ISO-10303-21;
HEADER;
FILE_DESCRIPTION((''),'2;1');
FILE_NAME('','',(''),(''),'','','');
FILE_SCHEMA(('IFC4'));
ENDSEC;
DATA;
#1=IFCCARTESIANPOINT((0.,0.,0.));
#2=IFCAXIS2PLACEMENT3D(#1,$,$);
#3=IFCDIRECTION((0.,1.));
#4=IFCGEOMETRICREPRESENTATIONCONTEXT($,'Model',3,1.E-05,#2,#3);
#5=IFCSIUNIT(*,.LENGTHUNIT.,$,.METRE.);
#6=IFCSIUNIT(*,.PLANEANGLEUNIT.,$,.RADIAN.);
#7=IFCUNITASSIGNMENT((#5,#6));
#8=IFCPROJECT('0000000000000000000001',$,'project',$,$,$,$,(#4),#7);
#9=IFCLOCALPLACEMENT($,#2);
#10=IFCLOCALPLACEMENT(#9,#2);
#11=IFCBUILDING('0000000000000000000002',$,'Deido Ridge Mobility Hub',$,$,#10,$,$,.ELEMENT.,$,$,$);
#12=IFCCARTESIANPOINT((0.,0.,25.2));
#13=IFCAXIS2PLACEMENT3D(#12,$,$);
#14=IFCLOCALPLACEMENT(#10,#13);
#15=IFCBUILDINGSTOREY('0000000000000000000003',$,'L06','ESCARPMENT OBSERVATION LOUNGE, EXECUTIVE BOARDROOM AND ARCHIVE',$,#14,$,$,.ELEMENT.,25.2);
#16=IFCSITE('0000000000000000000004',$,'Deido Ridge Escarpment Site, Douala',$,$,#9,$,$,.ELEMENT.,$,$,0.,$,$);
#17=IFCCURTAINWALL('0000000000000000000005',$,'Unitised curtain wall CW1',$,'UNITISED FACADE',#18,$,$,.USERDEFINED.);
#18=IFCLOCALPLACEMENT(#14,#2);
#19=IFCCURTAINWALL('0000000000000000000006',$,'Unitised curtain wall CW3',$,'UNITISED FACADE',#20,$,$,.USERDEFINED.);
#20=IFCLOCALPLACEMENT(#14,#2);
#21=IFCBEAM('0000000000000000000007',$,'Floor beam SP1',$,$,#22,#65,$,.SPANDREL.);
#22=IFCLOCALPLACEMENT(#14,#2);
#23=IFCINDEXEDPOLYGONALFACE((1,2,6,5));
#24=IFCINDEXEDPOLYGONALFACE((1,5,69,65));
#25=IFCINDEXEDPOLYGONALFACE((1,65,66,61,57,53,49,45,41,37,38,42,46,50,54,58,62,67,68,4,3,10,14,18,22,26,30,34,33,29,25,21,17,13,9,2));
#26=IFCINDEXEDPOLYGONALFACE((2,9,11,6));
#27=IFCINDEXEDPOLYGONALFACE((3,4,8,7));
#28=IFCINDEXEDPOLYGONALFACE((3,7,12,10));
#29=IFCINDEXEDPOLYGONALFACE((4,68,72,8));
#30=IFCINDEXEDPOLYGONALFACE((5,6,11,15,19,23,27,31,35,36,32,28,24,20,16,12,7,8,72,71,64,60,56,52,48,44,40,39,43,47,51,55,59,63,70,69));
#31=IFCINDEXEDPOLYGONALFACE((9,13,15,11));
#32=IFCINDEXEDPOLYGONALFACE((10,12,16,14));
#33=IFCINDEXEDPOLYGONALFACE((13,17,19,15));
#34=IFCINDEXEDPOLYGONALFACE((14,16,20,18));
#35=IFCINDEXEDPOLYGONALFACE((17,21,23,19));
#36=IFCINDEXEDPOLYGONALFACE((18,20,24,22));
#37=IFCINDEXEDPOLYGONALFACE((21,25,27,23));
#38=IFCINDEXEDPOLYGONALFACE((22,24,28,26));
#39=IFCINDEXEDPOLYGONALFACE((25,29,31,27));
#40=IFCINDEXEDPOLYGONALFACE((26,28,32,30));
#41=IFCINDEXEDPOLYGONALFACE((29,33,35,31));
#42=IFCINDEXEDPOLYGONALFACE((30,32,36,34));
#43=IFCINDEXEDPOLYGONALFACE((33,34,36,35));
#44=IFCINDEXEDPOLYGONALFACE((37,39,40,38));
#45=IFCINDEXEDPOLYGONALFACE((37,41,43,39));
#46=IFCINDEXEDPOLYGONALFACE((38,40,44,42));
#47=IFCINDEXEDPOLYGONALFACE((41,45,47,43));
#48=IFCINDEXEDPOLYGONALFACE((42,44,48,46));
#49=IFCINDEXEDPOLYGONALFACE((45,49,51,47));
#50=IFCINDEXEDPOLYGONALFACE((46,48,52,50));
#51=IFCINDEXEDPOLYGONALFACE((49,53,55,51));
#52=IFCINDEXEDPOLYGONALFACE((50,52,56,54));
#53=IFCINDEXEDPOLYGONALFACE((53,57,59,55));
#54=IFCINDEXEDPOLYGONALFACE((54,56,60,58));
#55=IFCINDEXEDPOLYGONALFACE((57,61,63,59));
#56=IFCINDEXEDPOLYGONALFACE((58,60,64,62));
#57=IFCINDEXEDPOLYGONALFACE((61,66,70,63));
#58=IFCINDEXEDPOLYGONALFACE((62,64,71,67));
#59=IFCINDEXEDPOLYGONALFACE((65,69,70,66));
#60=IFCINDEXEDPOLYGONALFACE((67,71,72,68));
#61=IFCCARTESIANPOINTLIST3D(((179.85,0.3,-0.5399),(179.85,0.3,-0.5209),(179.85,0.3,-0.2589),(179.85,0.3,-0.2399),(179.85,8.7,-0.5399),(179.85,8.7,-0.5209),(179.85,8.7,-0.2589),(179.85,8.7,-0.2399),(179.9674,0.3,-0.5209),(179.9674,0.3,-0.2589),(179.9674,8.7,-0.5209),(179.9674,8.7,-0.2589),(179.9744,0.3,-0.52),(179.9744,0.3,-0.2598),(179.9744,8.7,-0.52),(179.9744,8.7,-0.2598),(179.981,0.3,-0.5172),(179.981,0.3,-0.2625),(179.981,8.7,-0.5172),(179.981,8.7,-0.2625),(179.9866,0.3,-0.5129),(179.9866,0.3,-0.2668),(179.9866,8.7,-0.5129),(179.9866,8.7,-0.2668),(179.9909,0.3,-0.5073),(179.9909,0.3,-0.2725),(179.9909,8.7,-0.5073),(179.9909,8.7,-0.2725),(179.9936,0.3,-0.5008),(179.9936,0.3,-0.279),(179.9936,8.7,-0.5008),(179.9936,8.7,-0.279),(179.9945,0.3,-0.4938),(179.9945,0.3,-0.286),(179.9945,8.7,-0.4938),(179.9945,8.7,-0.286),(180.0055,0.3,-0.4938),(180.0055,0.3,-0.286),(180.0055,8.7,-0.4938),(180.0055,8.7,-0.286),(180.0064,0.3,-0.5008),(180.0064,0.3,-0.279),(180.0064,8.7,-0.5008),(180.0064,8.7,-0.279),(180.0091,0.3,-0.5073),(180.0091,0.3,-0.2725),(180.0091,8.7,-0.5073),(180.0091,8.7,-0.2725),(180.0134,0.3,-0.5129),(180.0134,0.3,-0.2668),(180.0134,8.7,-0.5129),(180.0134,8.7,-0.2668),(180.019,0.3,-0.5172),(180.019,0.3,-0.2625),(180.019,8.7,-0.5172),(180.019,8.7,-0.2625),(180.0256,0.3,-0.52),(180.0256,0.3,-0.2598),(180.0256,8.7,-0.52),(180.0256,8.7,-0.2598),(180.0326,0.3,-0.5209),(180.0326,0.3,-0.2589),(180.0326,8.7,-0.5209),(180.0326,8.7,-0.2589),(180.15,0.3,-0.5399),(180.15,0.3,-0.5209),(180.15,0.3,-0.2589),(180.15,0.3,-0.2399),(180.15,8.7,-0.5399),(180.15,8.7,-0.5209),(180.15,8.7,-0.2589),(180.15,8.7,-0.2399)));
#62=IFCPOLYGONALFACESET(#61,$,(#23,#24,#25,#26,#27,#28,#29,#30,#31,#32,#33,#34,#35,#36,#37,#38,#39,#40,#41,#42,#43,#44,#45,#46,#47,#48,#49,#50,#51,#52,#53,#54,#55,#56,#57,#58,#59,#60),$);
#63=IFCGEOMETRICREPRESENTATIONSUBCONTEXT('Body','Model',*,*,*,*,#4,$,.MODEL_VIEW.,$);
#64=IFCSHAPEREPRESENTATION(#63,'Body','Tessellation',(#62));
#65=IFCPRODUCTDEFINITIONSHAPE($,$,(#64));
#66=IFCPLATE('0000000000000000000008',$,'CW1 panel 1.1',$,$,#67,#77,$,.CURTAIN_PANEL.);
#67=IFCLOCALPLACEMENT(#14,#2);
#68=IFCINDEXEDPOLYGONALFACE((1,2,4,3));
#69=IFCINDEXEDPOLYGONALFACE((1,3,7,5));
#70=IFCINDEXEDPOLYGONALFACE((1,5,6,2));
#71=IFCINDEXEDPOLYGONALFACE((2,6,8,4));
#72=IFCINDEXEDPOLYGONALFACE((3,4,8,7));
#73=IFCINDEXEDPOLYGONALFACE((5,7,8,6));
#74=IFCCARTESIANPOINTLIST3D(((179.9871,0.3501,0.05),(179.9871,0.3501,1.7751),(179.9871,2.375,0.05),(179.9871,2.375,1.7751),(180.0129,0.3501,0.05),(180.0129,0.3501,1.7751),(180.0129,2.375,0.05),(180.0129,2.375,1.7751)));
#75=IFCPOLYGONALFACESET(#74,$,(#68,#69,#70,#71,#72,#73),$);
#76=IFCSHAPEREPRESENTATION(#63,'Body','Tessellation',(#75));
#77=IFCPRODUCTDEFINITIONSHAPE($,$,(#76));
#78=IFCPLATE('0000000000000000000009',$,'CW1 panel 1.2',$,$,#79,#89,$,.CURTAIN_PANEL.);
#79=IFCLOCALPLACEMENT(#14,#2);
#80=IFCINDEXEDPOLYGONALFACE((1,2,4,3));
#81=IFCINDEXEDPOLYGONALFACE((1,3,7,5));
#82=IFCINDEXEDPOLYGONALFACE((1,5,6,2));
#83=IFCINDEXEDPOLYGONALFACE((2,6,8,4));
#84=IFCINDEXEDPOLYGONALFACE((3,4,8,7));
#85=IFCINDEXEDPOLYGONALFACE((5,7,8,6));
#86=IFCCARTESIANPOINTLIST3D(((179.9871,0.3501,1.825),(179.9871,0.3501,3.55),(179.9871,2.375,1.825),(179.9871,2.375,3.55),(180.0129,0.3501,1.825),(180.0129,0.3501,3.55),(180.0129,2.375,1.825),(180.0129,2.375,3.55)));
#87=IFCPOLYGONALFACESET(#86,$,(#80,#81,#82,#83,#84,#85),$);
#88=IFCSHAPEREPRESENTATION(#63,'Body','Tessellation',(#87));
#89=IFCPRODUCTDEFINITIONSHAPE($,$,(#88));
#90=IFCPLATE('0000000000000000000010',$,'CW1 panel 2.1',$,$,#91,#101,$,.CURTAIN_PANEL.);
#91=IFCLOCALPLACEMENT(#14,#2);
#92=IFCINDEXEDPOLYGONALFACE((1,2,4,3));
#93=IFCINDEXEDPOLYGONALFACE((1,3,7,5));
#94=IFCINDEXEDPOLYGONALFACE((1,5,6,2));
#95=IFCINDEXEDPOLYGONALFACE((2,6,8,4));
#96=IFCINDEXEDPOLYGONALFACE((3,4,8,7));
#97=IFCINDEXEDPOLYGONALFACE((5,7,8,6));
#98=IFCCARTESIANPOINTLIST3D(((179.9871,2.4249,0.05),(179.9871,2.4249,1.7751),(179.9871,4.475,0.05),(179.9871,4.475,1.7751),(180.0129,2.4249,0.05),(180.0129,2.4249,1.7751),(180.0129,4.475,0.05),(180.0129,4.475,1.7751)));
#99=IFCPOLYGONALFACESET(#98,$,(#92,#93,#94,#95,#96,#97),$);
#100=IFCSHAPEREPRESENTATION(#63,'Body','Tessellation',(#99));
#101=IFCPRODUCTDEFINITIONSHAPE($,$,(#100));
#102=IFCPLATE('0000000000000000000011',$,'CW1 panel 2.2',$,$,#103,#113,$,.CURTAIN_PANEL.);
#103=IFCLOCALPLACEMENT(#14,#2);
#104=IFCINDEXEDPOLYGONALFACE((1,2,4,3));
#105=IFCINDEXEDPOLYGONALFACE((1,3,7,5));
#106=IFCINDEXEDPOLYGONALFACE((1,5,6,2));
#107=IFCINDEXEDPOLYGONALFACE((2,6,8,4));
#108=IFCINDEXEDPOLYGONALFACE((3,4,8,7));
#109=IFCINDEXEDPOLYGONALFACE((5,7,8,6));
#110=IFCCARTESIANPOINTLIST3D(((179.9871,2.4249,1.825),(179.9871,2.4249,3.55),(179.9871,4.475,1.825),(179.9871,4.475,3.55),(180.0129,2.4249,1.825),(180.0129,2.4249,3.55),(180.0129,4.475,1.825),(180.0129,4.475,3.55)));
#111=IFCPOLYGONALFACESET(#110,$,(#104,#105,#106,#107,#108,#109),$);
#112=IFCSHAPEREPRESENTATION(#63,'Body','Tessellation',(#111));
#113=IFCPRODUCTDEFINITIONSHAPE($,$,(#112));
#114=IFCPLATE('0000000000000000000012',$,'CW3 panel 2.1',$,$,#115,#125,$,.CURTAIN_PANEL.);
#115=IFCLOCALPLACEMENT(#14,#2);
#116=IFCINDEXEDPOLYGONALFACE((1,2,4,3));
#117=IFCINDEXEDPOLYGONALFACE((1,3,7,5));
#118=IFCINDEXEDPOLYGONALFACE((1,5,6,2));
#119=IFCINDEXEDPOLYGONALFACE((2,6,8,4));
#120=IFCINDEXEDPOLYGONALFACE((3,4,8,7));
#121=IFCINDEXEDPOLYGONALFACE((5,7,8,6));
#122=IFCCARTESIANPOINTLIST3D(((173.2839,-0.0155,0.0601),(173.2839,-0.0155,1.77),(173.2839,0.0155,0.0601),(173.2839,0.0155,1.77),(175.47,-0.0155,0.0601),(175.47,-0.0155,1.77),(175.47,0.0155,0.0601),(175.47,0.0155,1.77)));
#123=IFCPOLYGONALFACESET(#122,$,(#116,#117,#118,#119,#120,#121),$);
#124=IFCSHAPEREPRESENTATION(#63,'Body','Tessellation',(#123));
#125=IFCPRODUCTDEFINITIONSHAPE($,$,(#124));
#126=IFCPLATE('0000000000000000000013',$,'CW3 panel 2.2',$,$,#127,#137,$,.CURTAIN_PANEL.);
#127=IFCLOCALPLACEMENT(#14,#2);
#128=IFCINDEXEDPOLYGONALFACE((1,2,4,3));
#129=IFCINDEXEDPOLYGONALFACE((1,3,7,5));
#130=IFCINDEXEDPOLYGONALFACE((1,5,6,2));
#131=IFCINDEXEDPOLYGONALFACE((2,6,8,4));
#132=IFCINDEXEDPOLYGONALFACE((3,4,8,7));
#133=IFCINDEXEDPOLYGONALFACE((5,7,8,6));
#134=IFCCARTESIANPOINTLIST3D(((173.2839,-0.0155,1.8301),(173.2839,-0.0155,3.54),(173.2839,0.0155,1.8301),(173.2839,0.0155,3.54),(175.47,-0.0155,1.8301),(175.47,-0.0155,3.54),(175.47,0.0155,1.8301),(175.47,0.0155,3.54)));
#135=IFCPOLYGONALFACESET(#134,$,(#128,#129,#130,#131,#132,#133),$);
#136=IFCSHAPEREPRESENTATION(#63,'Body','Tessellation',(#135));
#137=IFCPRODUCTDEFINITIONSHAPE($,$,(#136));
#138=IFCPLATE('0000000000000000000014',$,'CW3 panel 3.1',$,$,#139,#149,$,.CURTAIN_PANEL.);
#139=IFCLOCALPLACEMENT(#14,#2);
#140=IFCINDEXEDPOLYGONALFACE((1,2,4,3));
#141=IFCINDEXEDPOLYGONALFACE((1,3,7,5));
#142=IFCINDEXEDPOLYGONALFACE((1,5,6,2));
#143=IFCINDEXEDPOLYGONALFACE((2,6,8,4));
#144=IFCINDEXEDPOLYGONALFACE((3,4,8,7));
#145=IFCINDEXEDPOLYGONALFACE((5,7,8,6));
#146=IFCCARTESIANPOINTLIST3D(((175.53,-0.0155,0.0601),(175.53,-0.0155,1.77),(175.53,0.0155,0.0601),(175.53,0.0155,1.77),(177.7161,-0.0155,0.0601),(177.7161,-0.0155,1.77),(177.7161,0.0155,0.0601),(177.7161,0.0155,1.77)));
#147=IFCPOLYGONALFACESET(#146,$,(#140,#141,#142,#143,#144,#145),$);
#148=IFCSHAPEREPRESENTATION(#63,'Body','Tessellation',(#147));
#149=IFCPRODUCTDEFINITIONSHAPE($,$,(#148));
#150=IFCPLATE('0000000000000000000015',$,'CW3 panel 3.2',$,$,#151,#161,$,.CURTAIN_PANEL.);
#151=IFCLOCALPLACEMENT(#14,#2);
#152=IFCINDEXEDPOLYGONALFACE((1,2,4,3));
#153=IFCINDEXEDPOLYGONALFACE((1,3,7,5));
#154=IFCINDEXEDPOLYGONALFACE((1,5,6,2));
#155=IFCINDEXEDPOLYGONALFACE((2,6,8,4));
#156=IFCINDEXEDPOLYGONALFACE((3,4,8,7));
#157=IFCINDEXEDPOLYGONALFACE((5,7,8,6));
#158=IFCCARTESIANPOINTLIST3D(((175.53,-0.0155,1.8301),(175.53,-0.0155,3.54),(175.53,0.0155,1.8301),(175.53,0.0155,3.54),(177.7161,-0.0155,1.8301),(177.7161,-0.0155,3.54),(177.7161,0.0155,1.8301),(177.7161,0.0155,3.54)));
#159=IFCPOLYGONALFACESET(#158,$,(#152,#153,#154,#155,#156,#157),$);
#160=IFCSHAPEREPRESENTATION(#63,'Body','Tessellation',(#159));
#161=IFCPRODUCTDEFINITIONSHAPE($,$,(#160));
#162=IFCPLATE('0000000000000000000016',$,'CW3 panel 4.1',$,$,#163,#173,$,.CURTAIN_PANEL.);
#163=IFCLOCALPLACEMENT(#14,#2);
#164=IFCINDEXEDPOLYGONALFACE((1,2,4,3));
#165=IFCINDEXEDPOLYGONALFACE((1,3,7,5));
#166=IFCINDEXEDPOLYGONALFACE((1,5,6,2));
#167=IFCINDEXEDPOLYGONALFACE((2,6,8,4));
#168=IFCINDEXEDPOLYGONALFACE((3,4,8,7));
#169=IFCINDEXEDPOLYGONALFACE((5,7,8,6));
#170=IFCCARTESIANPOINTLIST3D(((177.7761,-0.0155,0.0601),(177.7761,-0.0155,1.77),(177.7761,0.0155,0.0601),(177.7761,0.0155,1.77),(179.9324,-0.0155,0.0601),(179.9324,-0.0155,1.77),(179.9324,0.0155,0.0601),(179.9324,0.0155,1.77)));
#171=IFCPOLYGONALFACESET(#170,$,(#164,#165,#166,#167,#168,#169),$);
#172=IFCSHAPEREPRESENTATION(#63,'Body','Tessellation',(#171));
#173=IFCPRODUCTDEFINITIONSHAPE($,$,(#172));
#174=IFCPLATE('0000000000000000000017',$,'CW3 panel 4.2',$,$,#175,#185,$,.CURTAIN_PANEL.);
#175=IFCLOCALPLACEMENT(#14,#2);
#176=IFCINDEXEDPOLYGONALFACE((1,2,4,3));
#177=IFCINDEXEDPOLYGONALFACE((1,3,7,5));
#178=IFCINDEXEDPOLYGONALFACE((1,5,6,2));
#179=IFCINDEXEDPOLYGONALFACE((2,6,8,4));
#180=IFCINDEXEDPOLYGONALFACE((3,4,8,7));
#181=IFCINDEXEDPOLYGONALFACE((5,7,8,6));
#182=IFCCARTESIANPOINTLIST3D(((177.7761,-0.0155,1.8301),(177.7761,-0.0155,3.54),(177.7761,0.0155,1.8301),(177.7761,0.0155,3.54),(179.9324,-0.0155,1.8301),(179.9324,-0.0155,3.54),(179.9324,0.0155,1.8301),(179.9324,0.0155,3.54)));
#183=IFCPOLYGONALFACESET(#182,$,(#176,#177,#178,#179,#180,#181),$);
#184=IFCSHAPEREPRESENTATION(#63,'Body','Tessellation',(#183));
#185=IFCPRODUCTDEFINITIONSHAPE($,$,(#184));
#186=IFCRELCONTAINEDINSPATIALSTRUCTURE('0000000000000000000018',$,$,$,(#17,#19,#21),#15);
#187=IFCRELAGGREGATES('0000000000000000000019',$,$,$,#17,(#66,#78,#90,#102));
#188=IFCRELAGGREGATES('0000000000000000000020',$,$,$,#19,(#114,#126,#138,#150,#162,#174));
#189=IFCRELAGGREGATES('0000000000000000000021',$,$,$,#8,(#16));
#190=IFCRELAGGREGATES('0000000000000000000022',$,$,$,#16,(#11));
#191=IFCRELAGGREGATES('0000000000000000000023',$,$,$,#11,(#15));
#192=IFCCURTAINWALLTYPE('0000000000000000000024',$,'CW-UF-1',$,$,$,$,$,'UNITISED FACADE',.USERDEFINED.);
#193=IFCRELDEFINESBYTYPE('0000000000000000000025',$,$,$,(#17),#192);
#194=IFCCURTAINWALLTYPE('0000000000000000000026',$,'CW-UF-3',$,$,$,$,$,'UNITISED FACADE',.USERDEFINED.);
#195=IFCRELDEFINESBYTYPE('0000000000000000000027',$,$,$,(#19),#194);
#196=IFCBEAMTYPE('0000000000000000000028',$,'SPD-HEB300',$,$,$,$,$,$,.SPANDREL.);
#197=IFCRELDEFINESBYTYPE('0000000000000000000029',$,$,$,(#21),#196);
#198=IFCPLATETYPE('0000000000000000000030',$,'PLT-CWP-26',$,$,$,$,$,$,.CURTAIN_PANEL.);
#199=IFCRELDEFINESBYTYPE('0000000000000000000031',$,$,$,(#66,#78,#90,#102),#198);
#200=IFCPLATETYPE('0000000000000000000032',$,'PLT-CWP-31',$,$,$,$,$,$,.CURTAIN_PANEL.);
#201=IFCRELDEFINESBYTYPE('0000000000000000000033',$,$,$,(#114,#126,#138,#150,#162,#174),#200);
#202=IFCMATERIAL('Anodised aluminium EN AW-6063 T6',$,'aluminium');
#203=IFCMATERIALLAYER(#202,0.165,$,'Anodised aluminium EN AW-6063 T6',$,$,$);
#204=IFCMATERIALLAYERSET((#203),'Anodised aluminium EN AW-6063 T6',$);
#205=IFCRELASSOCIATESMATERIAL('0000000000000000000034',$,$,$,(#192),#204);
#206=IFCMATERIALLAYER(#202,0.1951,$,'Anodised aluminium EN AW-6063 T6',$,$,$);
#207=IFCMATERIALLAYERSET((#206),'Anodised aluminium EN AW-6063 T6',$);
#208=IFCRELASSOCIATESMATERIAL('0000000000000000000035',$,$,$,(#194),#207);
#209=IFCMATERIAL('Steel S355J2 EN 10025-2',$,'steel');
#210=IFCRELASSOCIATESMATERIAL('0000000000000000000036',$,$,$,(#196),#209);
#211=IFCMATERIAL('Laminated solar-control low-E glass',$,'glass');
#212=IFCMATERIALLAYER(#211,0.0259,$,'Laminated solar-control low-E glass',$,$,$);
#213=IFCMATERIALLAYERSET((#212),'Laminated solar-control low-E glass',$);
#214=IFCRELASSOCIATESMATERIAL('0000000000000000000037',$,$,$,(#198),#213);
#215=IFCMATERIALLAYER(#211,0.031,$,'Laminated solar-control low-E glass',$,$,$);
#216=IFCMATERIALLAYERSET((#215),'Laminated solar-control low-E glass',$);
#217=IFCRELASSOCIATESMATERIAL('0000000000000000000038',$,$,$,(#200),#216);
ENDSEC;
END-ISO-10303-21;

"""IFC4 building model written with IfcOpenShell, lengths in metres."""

from ifc_helpers import new_model, si_unit, direction, frame, origin, origin_2d, place, context, subcontext, project, spatial, rectangle, i_section, extrude, material, layer, layer_set, material_profile, profile_set, type_object, element, aggregate, save


model = new_model("IFC4")

# Units and contexts
model_context = context("Model", 3, precision=1e-05, world=origin(), true_north=direction((0.0, 1.0)))
body_context = subcontext(model_context, "Body", "Model", "MODEL_VIEW")
ifc_project = project(units=[si_unit("LENGTHUNIT", "METRE"), si_unit("PLANEANGLEUNIT", "RADIAN")], contexts=[model_context])

# Site, building, storey
site_placement = place(None, origin())
site = spatial("IfcSite", under=ifc_project, at=site_placement, Name="Deido Ridge Escarpment Site, Douala", CompositionType="ELEMENT", RefElevation=0.0)
building_placement = place(site_placement, origin())
building = spatial("IfcBuilding", under=site, at=building_placement, Name="Deido Ridge Mobility Hub", CompositionType="ELEMENT")
storey_placement = place(building_placement, frame((0.0, 0.0, 25.2)))
storey = spatial("IfcBuildingStorey", under=building, at=storey_placement, Name="L06", Description="ESCARPMENT OBSERVATION LOUNGE, EXECUTIVE BOARDROOM AND ARCHIVE", CompositionType="ELEMENT", Elevation=25.2)

# Shared definitions
ifc_material_1 = material(Name="Steel S355J2 EN 10025-2", Category="steel")

# Curtain walls
ifc_material_2 = material(Name="Anodised aluminium EN AW-6063 T6", Category="aluminium")
ifc_layer_1 = layer(ifc_material_2, 0.165, Name="Anodised aluminium EN AW-6063 T6")
ifc_layer_set_1 = layer_set([ifc_layer_1], Name="Anodised aluminium EN AW-6063 T6")
curtain_wall_type_1 = type_object("IfcCurtainWallType", Name="CW-UF-1", ElementType="UNITISED FACADE", PredefinedType="USERDEFINED", material=ifc_layer_set_1)
curtain_wall_1_placement = place(storey_placement, origin())
curtain_wall_1 = element("IfcCurtainWall", 1, at=curtain_wall_1_placement, inside=storey, type_object=curtain_wall_type_1, Name="Unitised curtain wall CW1", ObjectType="UNITISED FACADE", PredefinedType="USERDEFINED")
ifc_layer_2 = layer(ifc_material_2, 0.1951, Name="Anodised aluminium EN AW-6063 T6")
ifc_layer_set_2 = layer_set([ifc_layer_2], Name="Anodised aluminium EN AW-6063 T6")
curtain_wall_type_2 = type_object("IfcCurtainWallType", Name="CW-UF-3", ElementType="UNITISED FACADE", PredefinedType="USERDEFINED", material=ifc_layer_set_2)
curtain_wall_2_placement = place(storey_placement, origin())
curtain_wall_2 = element("IfcCurtainWall", 2, at=curtain_wall_2_placement, inside=storey, type_object=curtain_wall_type_2, Name="Unitised curtain wall CW3", ObjectType="UNITISED FACADE", PredefinedType="USERDEFINED")

# Beam
ifc_material_profile_1 = material_profile(ifc_material_1, i_section(OverallWidth=0.3, OverallDepth=0.3, WebThickness=0.011, FlangeThickness=0.019, FilletRadius=0.0271, at=origin_2d()), Name="HEB 300")
ifc_profile_set_1 = profile_set([ifc_material_profile_1], Name="Steel S355J2 EN 10025-2")
beam_type = type_object("IfcBeamType", Name="SPD-HEB300", PredefinedType="SPANDREL", material=ifc_profile_set_1)
beam_placement = place(storey_placement, frame((180.0, 0.3, -0.3899), z_axis=(0.0, 1.0, 0.0), x_axis=(-1.0, 0.0, 0.0)))
element("IfcBeam", 3, at=beam_placement, inside=storey, type_object=beam_type, Name="Floor beam SP1", PredefinedType="SPANDREL", context=body_context, shape_type="SweptSolid", body=[
    extrude(i_section(OverallWidth=0.3, OverallDepth=0.3, WebThickness=0.011, FlangeThickness=0.019, FilletRadius=0.0271, at=origin_2d()), origin(), (0.0, 0.0, 1.0), 8.3999),
])

# Plates
ifc_material_3 = material(Name="Laminated solar-control low-E glass", Category="glass")
ifc_layer_3 = layer(ifc_material_3, 0.0259, Name="Laminated solar-control low-E glass")
ifc_layer_set_3 = layer_set([ifc_layer_3], Name="Laminated solar-control low-E glass")
plate_type_1 = type_object("IfcPlateType", Name="PLT-CWP-26", PredefinedType="CURTAIN_PANEL", material=ifc_layer_set_3)
plate_1_placement = place(storey_placement, frame((180.0, 1.3625, 0.05), z_axis=(0.0, 0.0, 1.0), x_axis=(0.0, 1.0, 0.0)))
plate_1 = element("IfcPlate", 4, at=plate_1_placement, type_object=plate_type_1, Name="CW1 panel 1.1", PredefinedType="CURTAIN_PANEL", context=body_context, shape_type="SweptSolid", body=[
    extrude(rectangle(XDim=2.0249, YDim=0.0259, at=origin_2d()), origin(), (0.0, 0.0, 1.0), 1.7251),
])
plate_2_placement = place(storey_placement, frame((180.0, 1.3625, 1.825), z_axis=(0.0, 0.0, 1.0), x_axis=(0.0, 1.0, 0.0)))
plate_2 = element("IfcPlate", 5, at=plate_2_placement, type_object=plate_type_1, Name="CW1 panel 1.2", PredefinedType="CURTAIN_PANEL", context=body_context, shape_type="SweptSolid", body=[
    extrude(rectangle(XDim=2.0249, YDim=0.0259, at=origin_2d()), origin(), (0.0, 0.0, 1.0), 1.7251),
])
plate_3_placement = place(storey_placement, frame((180.0, 3.45, 0.05), z_axis=(0.0, 0.0, 1.0), x_axis=(0.0, 1.0, 0.0)))
plate_3 = element("IfcPlate", 6, at=plate_3_placement, type_object=plate_type_1, Name="CW1 panel 2.1", PredefinedType="CURTAIN_PANEL", context=body_context, shape_type="SweptSolid", body=[
    extrude(rectangle(XDim=2.05, YDim=0.0259, at=origin_2d()), origin(), (0.0, 0.0, 1.0), 1.7251),
])
plate_4_placement = place(storey_placement, frame((180.0, 3.45, 1.825), z_axis=(0.0, 0.0, 1.0), x_axis=(0.0, 1.0, 0.0)))
plate_4 = element("IfcPlate", 7, at=plate_4_placement, type_object=plate_type_1, Name="CW1 panel 2.2", PredefinedType="CURTAIN_PANEL", context=body_context, shape_type="SweptSolid", body=[
    extrude(rectangle(XDim=2.05, YDim=0.0259, at=origin_2d()), origin(), (0.0, 0.0, 1.0), 1.7251),
])
aggregate(curtain_wall_1, [plate_1, plate_2, plate_3, plate_4])
ifc_layer_4 = layer(ifc_material_3, 0.031, Name="Laminated solar-control low-E glass")
ifc_layer_set_4 = layer_set([ifc_layer_4], Name="Laminated solar-control low-E glass")
plate_type_2 = type_object("IfcPlateType", Name="PLT-CWP-31", PredefinedType="CURTAIN_PANEL", material=ifc_layer_set_4)
plate_5_placement = place(storey_placement, frame((174.377, 0.0, 0.0601), z_axis=(0.0, 0.0, 1.0), x_axis=(1.0, 0.0, 0.0)))
plate_5 = element("IfcPlate", 8, at=plate_5_placement, type_object=plate_type_2, Name="CW3 panel 2.1", PredefinedType="CURTAIN_PANEL", context=body_context, shape_type="SweptSolid", body=[
    extrude(rectangle(XDim=2.186, YDim=0.031, at=origin_2d()), origin(), (0.0, 0.0, 1.0), 1.71),
])
plate_6_placement = place(storey_placement, frame((174.377, 0.0, 1.8301), z_axis=(0.0, 0.0, 1.0), x_axis=(1.0, 0.0, 0.0)))
plate_6 = element("IfcPlate", 9, at=plate_6_placement, type_object=plate_type_2, Name="CW3 panel 2.2", PredefinedType="CURTAIN_PANEL", context=body_context, shape_type="SweptSolid", body=[
    extrude(rectangle(XDim=2.186, YDim=0.031, at=origin_2d()), origin(), (0.0, 0.0, 1.0), 1.71),
])
plate_7_placement = place(storey_placement, frame((176.623, 0.0, 0.0601), z_axis=(0.0, 0.0, 1.0), x_axis=(1.0, 0.0, 0.0)))
plate_7 = element("IfcPlate", 10, at=plate_7_placement, type_object=plate_type_2, Name="CW3 panel 3.1", PredefinedType="CURTAIN_PANEL", context=body_context, shape_type="SweptSolid", body=[
    extrude(rectangle(XDim=2.186, YDim=0.031, at=origin_2d()), origin(), (0.0, 0.0, 1.0), 1.71),
])
plate_8_placement = place(storey_placement, frame((176.623, 0.0, 1.8301), z_axis=(0.0, 0.0, 1.0), x_axis=(1.0, 0.0, 0.0)))
plate_8 = element("IfcPlate", 11, at=plate_8_placement, type_object=plate_type_2, Name="CW3 panel 3.2", PredefinedType="CURTAIN_PANEL", context=body_context, shape_type="SweptSolid", body=[
    extrude(rectangle(XDim=2.186, YDim=0.031, at=origin_2d()), origin(), (0.0, 0.0, 1.0), 1.71),
])
plate_9_placement = place(storey_placement, frame((178.8542, 0.0, 0.0601), z_axis=(0.0, 0.0, 1.0), x_axis=(1.0, 0.0, 0.0)))
plate_9 = element("IfcPlate", 12, at=plate_9_placement, type_object=plate_type_2, Name="CW3 panel 4.1", PredefinedType="CURTAIN_PANEL", context=body_context, shape_type="SweptSolid", body=[
    extrude(rectangle(XDim=2.1562, YDim=0.031, at=origin_2d()), origin(), (0.0, 0.0, 1.0), 1.71),
])
plate_10_placement = place(storey_placement, frame((178.8542, 0.0, 1.8301), z_axis=(0.0, 0.0, 1.0), x_axis=(1.0, 0.0, 0.0)))
plate_10 = element("IfcPlate", 13, at=plate_10_placement, type_object=plate_type_2, Name="CW3 panel 4.2", PredefinedType="CURTAIN_PANEL", context=body_context, shape_type="SweptSolid", body=[
    extrude(rectangle(XDim=2.1562, YDim=0.031, at=origin_2d()), origin(), (0.0, 0.0, 1.0), 1.71),
])
aggregate(curtain_wall_2, [plate_5, plate_6, plate_7, plate_8, plate_9, plate_10])

save(model, "model.ifc")
